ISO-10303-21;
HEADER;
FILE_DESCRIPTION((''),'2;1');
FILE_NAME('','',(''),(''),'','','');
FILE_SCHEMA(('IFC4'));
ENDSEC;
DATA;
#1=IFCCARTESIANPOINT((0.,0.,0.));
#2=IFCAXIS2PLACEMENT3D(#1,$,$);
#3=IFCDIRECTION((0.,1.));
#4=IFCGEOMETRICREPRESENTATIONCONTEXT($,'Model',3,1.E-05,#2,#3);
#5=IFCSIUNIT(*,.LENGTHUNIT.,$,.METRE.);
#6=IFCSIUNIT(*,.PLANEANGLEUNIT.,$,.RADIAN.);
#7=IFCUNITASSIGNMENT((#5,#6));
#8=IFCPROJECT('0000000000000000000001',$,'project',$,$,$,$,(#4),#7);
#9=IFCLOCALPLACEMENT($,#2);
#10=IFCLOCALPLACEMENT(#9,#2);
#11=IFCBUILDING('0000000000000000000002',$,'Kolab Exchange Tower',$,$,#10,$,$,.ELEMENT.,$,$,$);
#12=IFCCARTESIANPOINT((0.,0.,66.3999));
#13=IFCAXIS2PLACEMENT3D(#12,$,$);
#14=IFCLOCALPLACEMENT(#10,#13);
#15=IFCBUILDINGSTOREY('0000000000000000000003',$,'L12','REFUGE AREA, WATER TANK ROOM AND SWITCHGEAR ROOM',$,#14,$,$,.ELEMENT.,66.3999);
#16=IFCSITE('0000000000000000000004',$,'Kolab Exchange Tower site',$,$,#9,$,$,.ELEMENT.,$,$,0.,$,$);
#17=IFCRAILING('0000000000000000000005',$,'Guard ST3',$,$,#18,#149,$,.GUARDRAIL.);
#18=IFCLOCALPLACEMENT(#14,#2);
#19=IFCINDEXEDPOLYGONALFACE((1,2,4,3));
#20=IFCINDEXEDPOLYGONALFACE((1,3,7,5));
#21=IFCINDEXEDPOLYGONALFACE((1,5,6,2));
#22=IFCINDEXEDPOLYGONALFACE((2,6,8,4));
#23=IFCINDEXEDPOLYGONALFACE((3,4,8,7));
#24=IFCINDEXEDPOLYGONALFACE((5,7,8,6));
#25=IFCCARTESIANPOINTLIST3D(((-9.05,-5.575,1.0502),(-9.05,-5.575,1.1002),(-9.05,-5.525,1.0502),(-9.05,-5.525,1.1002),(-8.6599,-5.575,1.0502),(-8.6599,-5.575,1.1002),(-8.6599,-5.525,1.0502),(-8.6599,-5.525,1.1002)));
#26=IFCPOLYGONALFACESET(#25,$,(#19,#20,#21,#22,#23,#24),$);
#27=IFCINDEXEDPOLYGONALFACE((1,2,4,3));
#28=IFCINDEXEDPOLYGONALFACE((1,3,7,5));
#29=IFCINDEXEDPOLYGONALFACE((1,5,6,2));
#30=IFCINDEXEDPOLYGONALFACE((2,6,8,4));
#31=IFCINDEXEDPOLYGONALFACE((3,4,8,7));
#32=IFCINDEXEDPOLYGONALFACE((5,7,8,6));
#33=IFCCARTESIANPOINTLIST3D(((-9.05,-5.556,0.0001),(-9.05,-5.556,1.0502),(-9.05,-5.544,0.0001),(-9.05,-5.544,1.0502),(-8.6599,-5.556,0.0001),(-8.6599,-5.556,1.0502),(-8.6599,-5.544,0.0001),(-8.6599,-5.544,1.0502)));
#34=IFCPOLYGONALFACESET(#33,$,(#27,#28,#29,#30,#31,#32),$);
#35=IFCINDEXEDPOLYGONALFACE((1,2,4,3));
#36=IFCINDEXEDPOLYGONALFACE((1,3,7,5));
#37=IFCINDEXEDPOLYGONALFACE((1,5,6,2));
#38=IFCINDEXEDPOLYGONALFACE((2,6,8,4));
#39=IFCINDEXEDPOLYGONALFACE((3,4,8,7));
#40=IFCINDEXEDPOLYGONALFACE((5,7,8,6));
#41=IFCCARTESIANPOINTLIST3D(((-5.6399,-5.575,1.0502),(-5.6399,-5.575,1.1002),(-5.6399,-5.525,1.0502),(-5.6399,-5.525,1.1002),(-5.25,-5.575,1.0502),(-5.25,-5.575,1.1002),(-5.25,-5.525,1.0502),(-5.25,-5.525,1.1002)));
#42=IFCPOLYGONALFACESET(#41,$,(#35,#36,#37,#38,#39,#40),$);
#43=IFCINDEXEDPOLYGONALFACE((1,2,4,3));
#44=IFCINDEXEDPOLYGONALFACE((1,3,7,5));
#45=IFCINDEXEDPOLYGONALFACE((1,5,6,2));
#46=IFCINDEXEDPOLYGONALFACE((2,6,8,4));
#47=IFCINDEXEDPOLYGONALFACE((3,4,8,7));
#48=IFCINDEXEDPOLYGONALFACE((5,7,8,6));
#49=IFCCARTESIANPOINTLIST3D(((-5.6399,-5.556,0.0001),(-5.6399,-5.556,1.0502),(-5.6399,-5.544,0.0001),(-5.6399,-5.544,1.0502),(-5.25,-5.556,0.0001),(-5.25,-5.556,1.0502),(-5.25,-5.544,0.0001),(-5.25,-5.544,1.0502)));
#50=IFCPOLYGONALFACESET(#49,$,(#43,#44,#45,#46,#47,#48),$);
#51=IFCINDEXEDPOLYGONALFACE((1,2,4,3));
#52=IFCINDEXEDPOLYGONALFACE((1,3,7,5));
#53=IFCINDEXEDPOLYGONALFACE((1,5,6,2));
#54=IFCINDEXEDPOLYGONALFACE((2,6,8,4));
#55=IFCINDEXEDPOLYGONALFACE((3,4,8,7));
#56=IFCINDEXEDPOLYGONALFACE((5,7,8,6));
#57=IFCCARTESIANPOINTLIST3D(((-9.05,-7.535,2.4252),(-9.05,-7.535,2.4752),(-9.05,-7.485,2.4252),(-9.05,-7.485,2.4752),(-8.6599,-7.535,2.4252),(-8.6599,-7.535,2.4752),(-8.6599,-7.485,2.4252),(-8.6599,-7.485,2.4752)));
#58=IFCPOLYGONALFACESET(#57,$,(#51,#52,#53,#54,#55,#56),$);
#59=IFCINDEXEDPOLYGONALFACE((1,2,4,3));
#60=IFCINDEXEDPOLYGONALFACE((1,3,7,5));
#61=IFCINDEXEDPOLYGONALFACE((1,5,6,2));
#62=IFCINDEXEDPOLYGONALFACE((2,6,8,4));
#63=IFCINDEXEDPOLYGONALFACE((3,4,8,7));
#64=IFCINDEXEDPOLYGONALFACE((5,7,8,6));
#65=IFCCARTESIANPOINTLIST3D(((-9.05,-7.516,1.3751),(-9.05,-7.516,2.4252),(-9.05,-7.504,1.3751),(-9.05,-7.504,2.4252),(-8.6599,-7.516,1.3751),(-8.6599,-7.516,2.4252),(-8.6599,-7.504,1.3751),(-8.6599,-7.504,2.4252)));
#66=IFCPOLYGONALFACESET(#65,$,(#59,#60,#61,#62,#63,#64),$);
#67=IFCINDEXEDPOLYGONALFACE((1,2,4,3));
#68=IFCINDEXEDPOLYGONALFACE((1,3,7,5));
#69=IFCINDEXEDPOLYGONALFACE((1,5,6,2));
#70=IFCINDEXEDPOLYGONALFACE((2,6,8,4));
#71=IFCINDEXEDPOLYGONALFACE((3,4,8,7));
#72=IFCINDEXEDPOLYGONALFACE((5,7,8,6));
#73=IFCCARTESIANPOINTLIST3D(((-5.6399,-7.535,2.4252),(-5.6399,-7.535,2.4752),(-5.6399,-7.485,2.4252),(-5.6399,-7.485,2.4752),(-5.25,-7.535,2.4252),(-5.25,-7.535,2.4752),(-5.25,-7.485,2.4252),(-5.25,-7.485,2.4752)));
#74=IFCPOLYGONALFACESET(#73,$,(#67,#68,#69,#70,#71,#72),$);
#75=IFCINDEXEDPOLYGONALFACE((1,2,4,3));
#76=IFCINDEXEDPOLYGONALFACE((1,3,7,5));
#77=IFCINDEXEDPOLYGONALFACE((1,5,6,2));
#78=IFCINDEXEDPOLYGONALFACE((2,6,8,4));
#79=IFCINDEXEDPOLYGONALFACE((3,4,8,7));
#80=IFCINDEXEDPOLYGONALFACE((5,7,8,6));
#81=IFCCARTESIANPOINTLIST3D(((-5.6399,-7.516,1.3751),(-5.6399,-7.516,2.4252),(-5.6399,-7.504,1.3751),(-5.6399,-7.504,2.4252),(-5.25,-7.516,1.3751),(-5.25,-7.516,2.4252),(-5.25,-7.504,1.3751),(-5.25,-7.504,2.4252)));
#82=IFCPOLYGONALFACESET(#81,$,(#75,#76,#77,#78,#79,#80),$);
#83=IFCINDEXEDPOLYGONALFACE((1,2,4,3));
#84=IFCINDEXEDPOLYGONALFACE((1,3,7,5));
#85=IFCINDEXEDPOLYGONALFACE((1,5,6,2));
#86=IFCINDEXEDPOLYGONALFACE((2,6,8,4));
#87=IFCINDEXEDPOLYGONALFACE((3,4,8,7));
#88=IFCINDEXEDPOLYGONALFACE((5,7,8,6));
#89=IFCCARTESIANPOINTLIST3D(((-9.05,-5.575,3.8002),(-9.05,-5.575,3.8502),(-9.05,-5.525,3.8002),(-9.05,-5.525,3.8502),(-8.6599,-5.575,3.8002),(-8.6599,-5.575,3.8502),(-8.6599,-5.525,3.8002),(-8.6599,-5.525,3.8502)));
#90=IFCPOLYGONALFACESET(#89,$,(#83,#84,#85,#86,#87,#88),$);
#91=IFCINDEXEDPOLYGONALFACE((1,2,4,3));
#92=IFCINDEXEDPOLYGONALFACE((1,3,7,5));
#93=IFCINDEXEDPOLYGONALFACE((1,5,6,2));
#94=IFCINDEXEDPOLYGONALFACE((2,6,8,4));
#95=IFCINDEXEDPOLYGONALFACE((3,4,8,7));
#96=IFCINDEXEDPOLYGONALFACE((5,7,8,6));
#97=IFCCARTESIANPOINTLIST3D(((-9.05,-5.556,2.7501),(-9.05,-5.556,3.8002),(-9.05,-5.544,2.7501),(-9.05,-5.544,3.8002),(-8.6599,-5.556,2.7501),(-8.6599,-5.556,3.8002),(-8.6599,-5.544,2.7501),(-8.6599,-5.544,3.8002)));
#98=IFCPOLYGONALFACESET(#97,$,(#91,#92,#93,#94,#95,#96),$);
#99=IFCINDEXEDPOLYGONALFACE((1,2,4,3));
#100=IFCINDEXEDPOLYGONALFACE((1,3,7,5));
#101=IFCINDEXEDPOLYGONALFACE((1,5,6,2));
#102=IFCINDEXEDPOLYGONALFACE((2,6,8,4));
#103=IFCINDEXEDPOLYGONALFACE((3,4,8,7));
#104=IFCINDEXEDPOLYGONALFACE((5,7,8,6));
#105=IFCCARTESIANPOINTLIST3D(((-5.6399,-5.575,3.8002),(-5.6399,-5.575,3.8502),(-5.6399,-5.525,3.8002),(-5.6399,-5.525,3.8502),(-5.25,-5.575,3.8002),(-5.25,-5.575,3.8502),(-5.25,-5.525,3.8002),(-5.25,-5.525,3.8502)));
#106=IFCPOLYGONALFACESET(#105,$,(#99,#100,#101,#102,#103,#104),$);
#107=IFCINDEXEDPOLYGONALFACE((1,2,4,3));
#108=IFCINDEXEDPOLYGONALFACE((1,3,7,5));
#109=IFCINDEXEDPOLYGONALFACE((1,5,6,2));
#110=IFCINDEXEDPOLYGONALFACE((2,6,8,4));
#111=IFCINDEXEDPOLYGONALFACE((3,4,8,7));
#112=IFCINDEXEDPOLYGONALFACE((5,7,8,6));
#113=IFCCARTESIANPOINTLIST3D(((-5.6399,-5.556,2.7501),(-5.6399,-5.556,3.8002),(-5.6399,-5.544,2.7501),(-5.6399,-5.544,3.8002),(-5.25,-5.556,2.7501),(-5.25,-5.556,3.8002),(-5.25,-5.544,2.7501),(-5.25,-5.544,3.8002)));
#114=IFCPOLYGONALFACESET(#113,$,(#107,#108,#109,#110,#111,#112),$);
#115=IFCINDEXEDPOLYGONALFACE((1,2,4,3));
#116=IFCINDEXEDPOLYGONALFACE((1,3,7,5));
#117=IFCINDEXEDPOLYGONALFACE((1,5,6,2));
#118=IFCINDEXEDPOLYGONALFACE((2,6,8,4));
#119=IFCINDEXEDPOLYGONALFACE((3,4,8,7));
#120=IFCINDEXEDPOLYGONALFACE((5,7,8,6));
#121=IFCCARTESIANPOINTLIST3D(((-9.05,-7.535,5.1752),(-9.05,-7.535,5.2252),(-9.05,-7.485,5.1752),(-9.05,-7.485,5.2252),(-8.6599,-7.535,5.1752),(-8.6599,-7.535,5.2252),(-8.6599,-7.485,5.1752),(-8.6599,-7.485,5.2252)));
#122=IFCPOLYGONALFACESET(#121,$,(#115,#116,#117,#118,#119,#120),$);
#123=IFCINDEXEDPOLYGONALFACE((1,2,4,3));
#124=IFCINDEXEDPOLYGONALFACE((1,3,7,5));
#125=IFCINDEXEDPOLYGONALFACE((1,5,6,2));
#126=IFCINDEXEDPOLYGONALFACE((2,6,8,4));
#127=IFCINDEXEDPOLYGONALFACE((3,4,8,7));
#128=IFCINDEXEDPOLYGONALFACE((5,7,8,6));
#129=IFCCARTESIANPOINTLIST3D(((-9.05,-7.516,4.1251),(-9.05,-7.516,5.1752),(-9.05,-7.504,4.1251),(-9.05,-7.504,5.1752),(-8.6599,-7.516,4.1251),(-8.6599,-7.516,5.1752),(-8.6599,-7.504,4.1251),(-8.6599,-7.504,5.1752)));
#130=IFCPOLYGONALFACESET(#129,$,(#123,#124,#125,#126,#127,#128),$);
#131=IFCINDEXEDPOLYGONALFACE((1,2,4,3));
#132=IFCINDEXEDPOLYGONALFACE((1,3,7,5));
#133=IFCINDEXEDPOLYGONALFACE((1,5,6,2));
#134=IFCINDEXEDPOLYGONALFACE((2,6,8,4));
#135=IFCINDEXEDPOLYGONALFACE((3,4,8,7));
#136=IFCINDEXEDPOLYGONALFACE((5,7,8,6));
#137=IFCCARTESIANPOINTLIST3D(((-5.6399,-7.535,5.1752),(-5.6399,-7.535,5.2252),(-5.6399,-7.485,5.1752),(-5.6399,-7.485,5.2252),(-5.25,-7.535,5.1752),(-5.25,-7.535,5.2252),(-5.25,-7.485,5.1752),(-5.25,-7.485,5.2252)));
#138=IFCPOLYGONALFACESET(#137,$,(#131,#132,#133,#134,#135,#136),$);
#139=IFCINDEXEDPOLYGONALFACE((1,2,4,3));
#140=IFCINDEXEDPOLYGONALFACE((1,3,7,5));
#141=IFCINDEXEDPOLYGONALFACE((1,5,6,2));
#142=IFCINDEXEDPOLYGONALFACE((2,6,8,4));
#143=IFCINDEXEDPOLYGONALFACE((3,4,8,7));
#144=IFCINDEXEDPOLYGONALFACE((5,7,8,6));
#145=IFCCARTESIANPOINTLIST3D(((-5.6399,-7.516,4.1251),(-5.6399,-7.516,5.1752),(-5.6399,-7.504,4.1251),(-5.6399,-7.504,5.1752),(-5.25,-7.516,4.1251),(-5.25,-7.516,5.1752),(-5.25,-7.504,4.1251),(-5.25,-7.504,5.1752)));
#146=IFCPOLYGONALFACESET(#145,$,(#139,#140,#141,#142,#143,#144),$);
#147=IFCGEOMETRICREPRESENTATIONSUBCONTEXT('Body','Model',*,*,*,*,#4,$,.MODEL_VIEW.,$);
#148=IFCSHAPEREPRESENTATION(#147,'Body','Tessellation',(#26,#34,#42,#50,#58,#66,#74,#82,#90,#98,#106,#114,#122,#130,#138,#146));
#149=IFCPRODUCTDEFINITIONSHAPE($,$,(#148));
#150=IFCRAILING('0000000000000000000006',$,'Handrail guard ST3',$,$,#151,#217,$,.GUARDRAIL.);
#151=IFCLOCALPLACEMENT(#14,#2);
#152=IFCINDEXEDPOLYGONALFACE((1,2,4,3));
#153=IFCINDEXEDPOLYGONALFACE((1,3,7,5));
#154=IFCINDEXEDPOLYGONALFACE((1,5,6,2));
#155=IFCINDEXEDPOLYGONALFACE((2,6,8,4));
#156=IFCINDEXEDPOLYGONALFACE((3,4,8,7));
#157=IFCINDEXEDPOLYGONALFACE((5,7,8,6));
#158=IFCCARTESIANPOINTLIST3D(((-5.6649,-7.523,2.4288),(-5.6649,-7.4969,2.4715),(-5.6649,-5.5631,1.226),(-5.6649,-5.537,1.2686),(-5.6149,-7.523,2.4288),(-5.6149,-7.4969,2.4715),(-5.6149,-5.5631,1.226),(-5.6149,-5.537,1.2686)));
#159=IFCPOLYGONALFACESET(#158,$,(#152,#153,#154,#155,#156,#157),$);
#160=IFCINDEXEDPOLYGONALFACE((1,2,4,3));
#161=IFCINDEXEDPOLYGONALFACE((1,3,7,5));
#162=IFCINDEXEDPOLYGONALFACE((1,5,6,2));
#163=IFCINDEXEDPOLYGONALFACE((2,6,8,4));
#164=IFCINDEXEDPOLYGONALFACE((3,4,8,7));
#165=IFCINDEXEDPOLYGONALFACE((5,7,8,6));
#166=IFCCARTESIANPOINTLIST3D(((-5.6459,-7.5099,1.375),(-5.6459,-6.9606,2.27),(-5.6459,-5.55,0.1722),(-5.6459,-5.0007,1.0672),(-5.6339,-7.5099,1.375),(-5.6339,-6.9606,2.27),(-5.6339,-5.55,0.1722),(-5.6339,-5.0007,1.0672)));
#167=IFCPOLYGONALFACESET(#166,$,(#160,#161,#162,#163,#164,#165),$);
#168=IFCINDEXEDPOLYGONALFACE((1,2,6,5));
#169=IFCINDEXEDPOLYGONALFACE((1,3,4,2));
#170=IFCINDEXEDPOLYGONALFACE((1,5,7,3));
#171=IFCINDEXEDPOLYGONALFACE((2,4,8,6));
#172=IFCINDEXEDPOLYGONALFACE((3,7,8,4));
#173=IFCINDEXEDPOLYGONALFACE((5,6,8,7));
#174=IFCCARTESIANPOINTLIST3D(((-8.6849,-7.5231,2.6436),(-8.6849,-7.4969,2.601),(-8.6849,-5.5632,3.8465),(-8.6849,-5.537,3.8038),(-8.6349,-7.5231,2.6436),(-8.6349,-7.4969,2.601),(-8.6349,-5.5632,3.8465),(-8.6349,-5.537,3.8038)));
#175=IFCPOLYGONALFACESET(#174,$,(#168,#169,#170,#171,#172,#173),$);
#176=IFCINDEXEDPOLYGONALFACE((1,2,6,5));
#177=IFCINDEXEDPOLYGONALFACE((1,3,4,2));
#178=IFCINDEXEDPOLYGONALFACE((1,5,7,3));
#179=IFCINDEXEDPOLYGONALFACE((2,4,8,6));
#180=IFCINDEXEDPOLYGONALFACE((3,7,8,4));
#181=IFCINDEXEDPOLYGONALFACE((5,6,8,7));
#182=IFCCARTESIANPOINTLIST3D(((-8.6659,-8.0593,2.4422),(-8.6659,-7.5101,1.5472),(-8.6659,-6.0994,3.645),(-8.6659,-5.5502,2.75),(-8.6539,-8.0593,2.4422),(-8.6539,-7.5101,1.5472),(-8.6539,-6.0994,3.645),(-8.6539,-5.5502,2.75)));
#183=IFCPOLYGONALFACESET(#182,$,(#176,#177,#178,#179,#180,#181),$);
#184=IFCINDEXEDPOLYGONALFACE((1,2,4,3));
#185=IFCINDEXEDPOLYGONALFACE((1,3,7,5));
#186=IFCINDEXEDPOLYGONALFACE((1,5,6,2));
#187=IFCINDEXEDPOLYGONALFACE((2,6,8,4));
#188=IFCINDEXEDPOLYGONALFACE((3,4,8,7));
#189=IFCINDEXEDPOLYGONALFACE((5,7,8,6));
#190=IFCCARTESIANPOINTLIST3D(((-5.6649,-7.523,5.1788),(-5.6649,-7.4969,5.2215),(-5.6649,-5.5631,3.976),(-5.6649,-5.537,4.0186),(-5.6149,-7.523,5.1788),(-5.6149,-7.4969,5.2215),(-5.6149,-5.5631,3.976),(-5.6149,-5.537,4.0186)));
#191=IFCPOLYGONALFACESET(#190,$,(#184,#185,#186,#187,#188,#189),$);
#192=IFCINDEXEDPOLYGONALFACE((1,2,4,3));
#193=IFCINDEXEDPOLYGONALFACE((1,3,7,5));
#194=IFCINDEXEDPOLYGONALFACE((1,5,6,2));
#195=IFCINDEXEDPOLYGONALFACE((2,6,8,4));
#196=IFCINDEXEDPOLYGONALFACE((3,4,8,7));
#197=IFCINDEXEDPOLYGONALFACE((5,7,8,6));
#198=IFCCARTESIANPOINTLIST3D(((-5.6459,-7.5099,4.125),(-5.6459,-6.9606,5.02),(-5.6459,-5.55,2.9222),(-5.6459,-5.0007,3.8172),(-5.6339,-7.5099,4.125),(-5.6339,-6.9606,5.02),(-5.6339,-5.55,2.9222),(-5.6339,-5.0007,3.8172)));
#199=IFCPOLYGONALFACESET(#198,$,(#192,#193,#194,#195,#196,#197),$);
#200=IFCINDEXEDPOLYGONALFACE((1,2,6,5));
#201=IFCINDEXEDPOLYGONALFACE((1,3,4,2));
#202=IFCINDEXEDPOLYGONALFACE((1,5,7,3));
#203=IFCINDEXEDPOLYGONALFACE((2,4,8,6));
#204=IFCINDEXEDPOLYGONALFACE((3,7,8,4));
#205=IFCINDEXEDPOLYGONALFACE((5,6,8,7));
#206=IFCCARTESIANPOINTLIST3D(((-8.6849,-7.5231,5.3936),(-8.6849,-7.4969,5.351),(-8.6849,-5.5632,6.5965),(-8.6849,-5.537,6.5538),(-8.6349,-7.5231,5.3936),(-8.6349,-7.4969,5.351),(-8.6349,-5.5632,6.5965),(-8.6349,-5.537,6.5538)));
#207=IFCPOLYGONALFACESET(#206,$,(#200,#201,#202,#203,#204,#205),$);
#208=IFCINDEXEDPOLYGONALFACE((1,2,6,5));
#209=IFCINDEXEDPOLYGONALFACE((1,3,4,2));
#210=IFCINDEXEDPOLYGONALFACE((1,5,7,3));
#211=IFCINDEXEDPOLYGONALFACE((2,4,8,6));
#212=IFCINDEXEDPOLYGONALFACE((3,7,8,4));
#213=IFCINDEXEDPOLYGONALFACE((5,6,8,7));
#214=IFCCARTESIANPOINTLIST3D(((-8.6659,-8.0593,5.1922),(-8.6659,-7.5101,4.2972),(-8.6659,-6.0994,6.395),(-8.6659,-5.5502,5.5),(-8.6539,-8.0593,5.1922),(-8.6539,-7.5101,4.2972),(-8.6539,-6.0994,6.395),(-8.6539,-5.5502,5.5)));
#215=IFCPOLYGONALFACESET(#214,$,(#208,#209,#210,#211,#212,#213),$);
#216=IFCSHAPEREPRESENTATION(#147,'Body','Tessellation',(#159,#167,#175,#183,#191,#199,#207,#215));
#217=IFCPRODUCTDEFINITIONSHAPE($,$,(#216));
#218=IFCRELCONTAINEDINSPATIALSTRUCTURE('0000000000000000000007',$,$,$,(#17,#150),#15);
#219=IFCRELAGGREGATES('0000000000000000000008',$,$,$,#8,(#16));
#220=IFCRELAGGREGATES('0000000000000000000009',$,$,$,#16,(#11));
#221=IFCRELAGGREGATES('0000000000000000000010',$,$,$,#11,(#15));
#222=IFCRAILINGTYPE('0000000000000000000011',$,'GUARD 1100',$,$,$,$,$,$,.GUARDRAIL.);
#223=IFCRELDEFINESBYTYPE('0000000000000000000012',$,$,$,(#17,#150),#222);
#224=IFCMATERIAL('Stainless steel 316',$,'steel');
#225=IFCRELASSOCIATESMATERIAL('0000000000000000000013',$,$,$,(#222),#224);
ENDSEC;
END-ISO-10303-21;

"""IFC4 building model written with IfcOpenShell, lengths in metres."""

from ifc_helpers import new_model, si_unit, direction, frame, frame_2d, origin, origin_2d, place, context, subcontext, project, spatial, rectangle, extrude, material, type_object, element, save


model = new_model("IFC4")

# Units and contexts
model_context = context("Model", 3, precision=1e-05, world=origin(), true_north=direction((0.0, 1.0)))
body_context = subcontext(model_context, "Body", "Model", "MODEL_VIEW")
ifc_project = project(units=[si_unit("LENGTHUNIT", "METRE"), si_unit("PLANEANGLEUNIT", "RADIAN")], contexts=[model_context])

# Site, building, storey
site_placement = place(None, origin())
site = spatial("IfcSite", under=ifc_project, at=site_placement, Name="Kolab Exchange Tower site", CompositionType="ELEMENT", RefElevation=0.0)
building_placement = place(site_placement, origin())
building = spatial("IfcBuilding", under=site, at=building_placement, Name="Kolab Exchange Tower", CompositionType="ELEMENT")
storey_placement = place(building_placement, frame((0.0, 0.0, 66.3999)))
storey = spatial("IfcBuildingStorey", under=building, at=storey_placement, Name="L12", Description="REFUGE AREA, WATER TANK ROOM AND SWITCHGEAR ROOM", CompositionType="ELEMENT", Elevation=66.3999)

# Shared definitions
ifc_material_1 = material(Name="Stainless steel 316", Category="steel")

# Railings
railing_type = type_object("IfcRailingType", Name="GUARD 1100", PredefinedType="GUARDRAIL", material=ifc_material_1)
railing_1_placement = place(storey_placement, frame((-9.05, -5.55, 0.0)))
element("IfcRailing", 1, at=railing_1_placement, inside=storey, type_object=railing_type, Name="Guard ST3", PredefinedType="GUARDRAIL", context=body_context, shape_type="SweptSolid", body=[
    extrude(rectangle(XDim=0.05, YDim=0.05, at=origin_2d()), frame((0.0, 0.0, 1.0752), z_axis=(1.0, 0.0, 0.0), x_axis=(0.0, 1.0, 0.0)), (0.0, 0.0, 1.0), 0.3901),
    extrude(rectangle(XDim=0.012, YDim=1.0501, at=frame_2d((0.0, 0.5251))), frame((0.0, 0.0, 0.0), z_axis=(1.0, 0.0, 0.0), x_axis=(0.0, 1.0, 0.0)), (0.0, 0.0, 1.0), 0.3901),
    extrude(rectangle(XDim=0.05, YDim=0.05, at=origin_2d()), frame((3.4102, 0.0, 1.0752), z_axis=(1.0, 0.0, 0.0), x_axis=(0.0, 1.0, 0.0)), (0.0, 0.0, 1.0), 0.3899),
    extrude(rectangle(XDim=0.012, YDim=1.0501, at=frame_2d((0.0, 0.5251))), frame((3.4102, 0.0, 0.0), z_axis=(1.0, 0.0, 0.0), x_axis=(0.0, 1.0, 0.0)), (0.0, 0.0, 1.0), 0.3899),
    extrude(rectangle(XDim=0.05, YDim=0.05, at=origin_2d()), frame((0.0, -1.96, 2.4502), z_axis=(1.0, 0.0, 0.0), x_axis=(0.0, 1.0, 0.0)), (0.0, 0.0, 1.0), 0.3901),
    extrude(rectangle(XDim=0.012, YDim=1.0501, at=frame_2d((0.0, 0.5251))), frame((0.0, -1.96, 1.375), z_axis=(1.0, 0.0, 0.0), x_axis=(0.0, 1.0, 0.0)), (0.0, 0.0, 1.0), 0.3901),
    extrude(rectangle(XDim=0.05, YDim=0.05, at=origin_2d()), frame((3.4102, -1.96, 2.4502), z_axis=(1.0, 0.0, 0.0), x_axis=(0.0, 1.0, 0.0)), (0.0, 0.0, 1.0), 0.3899),
    extrude(rectangle(XDim=0.012, YDim=1.0501, at=frame_2d((0.0, 0.5251))), frame((3.4102, -1.96, 1.375), z_axis=(1.0, 0.0, 0.0), x_axis=(0.0, 1.0, 0.0)), (0.0, 0.0, 1.0), 0.3899),
    extrude(rectangle(XDim=0.05, YDim=0.05, at=origin_2d()), frame((0.0, 0.0, 3.8252), z_axis=(1.0, 0.0, 0.0), x_axis=(0.0, 1.0, 0.0)), (0.0, 0.0, 1.0), 0.3901),
    extrude(rectangle(XDim=0.012, YDim=1.0501, at=frame_2d((0.0, 0.5251))), frame((0.0, 0.0, 2.75), z_axis=(1.0, 0.0, 0.0), x_axis=(0.0, 1.0, 0.0)), (0.0, 0.0, 1.0), 0.3901),
    extrude(rectangle(XDim=0.05, YDim=0.05, at=origin_2d()), frame((3.4102, 0.0, 3.8252), z_axis=(1.0, 0.0, 0.0), x_axis=(0.0, 1.0, 0.0)), (0.0, 0.0, 1.0), 0.3899),
    extrude(rectangle(XDim=0.012, YDim=1.0501, at=frame_2d((0.0, 0.5251))), frame((3.4102, 0.0, 2.75), z_axis=(1.0, 0.0, 0.0), x_axis=(0.0, 1.0, 0.0)), (0.0, 0.0, 1.0), 0.3899),
    extrude(rectangle(XDim=0.05, YDim=0.05, at=origin_2d()), frame((0.0, -1.96, 5.2002), z_axis=(1.0, 0.0, 0.0), x_axis=(0.0, 1.0, 0.0)), (0.0, 0.0, 1.0), 0.3901),
    extrude(rectangle(XDim=0.012, YDim=1.0501, at=frame_2d((0.0, 0.5251))), frame((0.0, -1.96, 4.125), z_axis=(1.0, 0.0, 0.0), x_axis=(0.0, 1.0, 0.0)), (0.0, 0.0, 1.0), 0.3901),
    extrude(rectangle(XDim=0.05, YDim=0.05, at=origin_2d()), frame((3.4102, -1.96, 5.2002), z_axis=(1.0, 0.0, 0.0), x_axis=(0.0, 1.0, 0.0)), (0.0, 0.0, 1.0), 0.3899),
    extrude(rectangle(XDim=0.012, YDim=1.0501, at=frame_2d((0.0, 0.5251))), frame((3.4102, -1.96, 4.125), z_axis=(1.0, 0.0, 0.0), x_axis=(0.0, 1.0, 0.0)), (0.0, 0.0, 1.0), 0.3899),
])
railing_2_placement = place(storey_placement, frame((-5.6399, -5.55, 0.1721)))
element("IfcRailing", 2, at=railing_2_placement, inside=storey, type_object=railing_type, Name="Handrail guard ST3", PredefinedType="GUARDRAIL", context=body_context, shape_type="SweptSolid", body=[
    extrude(rectangle(XDim=0.05, YDim=0.05, at=origin_2d()), frame((0.0, 0.0, 1.0752), z_axis=(0.0, -0.852288, 0.523072), x_axis=(1.0, 0.0, 0.0)), (0.0, 0.0, 1.0), 2.2996),
    extrude(rectangle(XDim=0.012, YDim=1.0501, at=frame_2d((0.0, 0.5251))), frame((0.0, 0.0, 0.0), z_axis=(0.0, -0.852288, 0.523072), x_axis=(1.0, 0.0, 0.0)), (0.0, 0.0, 1.0), 2.2996),
    extrude(rectangle(XDim=0.05, YDim=0.05, at=origin_2d()), frame((-3.02, -1.96, 2.4502), z_axis=(0.0, 0.852288, 0.523072), x_axis=(-1.0, 0.0, 0.0)), (0.0, 0.0, 1.0), 2.2996),
    extrude(rectangle(XDim=0.012, YDim=1.0501, at=frame_2d((0.0, 0.5251))), frame((-3.02, -1.96, 1.375), z_axis=(0.0, 0.852288, 0.523072), x_axis=(-1.0, 0.0, 0.0)), (0.0, 0.0, 1.0), 2.2996),
    extrude(rectangle(XDim=0.05, YDim=0.05, at=origin_2d()), frame((0.0, 0.0, 3.8252), z_axis=(0.0, -0.852288, 0.523072), x_axis=(1.0, 0.0, 0.0)), (0.0, 0.0, 1.0), 2.2996),
    extrude(rectangle(XDim=0.012, YDim=1.0501, at=frame_2d((0.0, 0.5251))), frame((0.0, 0.0, 2.75), z_axis=(0.0, -0.852288, 0.523072), x_axis=(1.0, 0.0, 0.0)), (0.0, 0.0, 1.0), 2.2996),
    extrude(rectangle(XDim=0.05, YDim=0.05, at=origin_2d()), frame((-3.02, -1.96, 5.2002), z_axis=(0.0, 0.852288, 0.523072), x_axis=(-1.0, 0.0, 0.0)), (0.0, 0.0, 1.0), 2.2996),
    extrude(rectangle(XDim=0.012, YDim=1.0501, at=frame_2d((0.0, 0.5251))), frame((-3.02, -1.96, 4.125), z_axis=(0.0, 0.852288, 0.523072), x_axis=(-1.0, 0.0, 0.0)), (0.0, 0.0, 1.0), 2.2996),
])

save(model, "model.ifc")
